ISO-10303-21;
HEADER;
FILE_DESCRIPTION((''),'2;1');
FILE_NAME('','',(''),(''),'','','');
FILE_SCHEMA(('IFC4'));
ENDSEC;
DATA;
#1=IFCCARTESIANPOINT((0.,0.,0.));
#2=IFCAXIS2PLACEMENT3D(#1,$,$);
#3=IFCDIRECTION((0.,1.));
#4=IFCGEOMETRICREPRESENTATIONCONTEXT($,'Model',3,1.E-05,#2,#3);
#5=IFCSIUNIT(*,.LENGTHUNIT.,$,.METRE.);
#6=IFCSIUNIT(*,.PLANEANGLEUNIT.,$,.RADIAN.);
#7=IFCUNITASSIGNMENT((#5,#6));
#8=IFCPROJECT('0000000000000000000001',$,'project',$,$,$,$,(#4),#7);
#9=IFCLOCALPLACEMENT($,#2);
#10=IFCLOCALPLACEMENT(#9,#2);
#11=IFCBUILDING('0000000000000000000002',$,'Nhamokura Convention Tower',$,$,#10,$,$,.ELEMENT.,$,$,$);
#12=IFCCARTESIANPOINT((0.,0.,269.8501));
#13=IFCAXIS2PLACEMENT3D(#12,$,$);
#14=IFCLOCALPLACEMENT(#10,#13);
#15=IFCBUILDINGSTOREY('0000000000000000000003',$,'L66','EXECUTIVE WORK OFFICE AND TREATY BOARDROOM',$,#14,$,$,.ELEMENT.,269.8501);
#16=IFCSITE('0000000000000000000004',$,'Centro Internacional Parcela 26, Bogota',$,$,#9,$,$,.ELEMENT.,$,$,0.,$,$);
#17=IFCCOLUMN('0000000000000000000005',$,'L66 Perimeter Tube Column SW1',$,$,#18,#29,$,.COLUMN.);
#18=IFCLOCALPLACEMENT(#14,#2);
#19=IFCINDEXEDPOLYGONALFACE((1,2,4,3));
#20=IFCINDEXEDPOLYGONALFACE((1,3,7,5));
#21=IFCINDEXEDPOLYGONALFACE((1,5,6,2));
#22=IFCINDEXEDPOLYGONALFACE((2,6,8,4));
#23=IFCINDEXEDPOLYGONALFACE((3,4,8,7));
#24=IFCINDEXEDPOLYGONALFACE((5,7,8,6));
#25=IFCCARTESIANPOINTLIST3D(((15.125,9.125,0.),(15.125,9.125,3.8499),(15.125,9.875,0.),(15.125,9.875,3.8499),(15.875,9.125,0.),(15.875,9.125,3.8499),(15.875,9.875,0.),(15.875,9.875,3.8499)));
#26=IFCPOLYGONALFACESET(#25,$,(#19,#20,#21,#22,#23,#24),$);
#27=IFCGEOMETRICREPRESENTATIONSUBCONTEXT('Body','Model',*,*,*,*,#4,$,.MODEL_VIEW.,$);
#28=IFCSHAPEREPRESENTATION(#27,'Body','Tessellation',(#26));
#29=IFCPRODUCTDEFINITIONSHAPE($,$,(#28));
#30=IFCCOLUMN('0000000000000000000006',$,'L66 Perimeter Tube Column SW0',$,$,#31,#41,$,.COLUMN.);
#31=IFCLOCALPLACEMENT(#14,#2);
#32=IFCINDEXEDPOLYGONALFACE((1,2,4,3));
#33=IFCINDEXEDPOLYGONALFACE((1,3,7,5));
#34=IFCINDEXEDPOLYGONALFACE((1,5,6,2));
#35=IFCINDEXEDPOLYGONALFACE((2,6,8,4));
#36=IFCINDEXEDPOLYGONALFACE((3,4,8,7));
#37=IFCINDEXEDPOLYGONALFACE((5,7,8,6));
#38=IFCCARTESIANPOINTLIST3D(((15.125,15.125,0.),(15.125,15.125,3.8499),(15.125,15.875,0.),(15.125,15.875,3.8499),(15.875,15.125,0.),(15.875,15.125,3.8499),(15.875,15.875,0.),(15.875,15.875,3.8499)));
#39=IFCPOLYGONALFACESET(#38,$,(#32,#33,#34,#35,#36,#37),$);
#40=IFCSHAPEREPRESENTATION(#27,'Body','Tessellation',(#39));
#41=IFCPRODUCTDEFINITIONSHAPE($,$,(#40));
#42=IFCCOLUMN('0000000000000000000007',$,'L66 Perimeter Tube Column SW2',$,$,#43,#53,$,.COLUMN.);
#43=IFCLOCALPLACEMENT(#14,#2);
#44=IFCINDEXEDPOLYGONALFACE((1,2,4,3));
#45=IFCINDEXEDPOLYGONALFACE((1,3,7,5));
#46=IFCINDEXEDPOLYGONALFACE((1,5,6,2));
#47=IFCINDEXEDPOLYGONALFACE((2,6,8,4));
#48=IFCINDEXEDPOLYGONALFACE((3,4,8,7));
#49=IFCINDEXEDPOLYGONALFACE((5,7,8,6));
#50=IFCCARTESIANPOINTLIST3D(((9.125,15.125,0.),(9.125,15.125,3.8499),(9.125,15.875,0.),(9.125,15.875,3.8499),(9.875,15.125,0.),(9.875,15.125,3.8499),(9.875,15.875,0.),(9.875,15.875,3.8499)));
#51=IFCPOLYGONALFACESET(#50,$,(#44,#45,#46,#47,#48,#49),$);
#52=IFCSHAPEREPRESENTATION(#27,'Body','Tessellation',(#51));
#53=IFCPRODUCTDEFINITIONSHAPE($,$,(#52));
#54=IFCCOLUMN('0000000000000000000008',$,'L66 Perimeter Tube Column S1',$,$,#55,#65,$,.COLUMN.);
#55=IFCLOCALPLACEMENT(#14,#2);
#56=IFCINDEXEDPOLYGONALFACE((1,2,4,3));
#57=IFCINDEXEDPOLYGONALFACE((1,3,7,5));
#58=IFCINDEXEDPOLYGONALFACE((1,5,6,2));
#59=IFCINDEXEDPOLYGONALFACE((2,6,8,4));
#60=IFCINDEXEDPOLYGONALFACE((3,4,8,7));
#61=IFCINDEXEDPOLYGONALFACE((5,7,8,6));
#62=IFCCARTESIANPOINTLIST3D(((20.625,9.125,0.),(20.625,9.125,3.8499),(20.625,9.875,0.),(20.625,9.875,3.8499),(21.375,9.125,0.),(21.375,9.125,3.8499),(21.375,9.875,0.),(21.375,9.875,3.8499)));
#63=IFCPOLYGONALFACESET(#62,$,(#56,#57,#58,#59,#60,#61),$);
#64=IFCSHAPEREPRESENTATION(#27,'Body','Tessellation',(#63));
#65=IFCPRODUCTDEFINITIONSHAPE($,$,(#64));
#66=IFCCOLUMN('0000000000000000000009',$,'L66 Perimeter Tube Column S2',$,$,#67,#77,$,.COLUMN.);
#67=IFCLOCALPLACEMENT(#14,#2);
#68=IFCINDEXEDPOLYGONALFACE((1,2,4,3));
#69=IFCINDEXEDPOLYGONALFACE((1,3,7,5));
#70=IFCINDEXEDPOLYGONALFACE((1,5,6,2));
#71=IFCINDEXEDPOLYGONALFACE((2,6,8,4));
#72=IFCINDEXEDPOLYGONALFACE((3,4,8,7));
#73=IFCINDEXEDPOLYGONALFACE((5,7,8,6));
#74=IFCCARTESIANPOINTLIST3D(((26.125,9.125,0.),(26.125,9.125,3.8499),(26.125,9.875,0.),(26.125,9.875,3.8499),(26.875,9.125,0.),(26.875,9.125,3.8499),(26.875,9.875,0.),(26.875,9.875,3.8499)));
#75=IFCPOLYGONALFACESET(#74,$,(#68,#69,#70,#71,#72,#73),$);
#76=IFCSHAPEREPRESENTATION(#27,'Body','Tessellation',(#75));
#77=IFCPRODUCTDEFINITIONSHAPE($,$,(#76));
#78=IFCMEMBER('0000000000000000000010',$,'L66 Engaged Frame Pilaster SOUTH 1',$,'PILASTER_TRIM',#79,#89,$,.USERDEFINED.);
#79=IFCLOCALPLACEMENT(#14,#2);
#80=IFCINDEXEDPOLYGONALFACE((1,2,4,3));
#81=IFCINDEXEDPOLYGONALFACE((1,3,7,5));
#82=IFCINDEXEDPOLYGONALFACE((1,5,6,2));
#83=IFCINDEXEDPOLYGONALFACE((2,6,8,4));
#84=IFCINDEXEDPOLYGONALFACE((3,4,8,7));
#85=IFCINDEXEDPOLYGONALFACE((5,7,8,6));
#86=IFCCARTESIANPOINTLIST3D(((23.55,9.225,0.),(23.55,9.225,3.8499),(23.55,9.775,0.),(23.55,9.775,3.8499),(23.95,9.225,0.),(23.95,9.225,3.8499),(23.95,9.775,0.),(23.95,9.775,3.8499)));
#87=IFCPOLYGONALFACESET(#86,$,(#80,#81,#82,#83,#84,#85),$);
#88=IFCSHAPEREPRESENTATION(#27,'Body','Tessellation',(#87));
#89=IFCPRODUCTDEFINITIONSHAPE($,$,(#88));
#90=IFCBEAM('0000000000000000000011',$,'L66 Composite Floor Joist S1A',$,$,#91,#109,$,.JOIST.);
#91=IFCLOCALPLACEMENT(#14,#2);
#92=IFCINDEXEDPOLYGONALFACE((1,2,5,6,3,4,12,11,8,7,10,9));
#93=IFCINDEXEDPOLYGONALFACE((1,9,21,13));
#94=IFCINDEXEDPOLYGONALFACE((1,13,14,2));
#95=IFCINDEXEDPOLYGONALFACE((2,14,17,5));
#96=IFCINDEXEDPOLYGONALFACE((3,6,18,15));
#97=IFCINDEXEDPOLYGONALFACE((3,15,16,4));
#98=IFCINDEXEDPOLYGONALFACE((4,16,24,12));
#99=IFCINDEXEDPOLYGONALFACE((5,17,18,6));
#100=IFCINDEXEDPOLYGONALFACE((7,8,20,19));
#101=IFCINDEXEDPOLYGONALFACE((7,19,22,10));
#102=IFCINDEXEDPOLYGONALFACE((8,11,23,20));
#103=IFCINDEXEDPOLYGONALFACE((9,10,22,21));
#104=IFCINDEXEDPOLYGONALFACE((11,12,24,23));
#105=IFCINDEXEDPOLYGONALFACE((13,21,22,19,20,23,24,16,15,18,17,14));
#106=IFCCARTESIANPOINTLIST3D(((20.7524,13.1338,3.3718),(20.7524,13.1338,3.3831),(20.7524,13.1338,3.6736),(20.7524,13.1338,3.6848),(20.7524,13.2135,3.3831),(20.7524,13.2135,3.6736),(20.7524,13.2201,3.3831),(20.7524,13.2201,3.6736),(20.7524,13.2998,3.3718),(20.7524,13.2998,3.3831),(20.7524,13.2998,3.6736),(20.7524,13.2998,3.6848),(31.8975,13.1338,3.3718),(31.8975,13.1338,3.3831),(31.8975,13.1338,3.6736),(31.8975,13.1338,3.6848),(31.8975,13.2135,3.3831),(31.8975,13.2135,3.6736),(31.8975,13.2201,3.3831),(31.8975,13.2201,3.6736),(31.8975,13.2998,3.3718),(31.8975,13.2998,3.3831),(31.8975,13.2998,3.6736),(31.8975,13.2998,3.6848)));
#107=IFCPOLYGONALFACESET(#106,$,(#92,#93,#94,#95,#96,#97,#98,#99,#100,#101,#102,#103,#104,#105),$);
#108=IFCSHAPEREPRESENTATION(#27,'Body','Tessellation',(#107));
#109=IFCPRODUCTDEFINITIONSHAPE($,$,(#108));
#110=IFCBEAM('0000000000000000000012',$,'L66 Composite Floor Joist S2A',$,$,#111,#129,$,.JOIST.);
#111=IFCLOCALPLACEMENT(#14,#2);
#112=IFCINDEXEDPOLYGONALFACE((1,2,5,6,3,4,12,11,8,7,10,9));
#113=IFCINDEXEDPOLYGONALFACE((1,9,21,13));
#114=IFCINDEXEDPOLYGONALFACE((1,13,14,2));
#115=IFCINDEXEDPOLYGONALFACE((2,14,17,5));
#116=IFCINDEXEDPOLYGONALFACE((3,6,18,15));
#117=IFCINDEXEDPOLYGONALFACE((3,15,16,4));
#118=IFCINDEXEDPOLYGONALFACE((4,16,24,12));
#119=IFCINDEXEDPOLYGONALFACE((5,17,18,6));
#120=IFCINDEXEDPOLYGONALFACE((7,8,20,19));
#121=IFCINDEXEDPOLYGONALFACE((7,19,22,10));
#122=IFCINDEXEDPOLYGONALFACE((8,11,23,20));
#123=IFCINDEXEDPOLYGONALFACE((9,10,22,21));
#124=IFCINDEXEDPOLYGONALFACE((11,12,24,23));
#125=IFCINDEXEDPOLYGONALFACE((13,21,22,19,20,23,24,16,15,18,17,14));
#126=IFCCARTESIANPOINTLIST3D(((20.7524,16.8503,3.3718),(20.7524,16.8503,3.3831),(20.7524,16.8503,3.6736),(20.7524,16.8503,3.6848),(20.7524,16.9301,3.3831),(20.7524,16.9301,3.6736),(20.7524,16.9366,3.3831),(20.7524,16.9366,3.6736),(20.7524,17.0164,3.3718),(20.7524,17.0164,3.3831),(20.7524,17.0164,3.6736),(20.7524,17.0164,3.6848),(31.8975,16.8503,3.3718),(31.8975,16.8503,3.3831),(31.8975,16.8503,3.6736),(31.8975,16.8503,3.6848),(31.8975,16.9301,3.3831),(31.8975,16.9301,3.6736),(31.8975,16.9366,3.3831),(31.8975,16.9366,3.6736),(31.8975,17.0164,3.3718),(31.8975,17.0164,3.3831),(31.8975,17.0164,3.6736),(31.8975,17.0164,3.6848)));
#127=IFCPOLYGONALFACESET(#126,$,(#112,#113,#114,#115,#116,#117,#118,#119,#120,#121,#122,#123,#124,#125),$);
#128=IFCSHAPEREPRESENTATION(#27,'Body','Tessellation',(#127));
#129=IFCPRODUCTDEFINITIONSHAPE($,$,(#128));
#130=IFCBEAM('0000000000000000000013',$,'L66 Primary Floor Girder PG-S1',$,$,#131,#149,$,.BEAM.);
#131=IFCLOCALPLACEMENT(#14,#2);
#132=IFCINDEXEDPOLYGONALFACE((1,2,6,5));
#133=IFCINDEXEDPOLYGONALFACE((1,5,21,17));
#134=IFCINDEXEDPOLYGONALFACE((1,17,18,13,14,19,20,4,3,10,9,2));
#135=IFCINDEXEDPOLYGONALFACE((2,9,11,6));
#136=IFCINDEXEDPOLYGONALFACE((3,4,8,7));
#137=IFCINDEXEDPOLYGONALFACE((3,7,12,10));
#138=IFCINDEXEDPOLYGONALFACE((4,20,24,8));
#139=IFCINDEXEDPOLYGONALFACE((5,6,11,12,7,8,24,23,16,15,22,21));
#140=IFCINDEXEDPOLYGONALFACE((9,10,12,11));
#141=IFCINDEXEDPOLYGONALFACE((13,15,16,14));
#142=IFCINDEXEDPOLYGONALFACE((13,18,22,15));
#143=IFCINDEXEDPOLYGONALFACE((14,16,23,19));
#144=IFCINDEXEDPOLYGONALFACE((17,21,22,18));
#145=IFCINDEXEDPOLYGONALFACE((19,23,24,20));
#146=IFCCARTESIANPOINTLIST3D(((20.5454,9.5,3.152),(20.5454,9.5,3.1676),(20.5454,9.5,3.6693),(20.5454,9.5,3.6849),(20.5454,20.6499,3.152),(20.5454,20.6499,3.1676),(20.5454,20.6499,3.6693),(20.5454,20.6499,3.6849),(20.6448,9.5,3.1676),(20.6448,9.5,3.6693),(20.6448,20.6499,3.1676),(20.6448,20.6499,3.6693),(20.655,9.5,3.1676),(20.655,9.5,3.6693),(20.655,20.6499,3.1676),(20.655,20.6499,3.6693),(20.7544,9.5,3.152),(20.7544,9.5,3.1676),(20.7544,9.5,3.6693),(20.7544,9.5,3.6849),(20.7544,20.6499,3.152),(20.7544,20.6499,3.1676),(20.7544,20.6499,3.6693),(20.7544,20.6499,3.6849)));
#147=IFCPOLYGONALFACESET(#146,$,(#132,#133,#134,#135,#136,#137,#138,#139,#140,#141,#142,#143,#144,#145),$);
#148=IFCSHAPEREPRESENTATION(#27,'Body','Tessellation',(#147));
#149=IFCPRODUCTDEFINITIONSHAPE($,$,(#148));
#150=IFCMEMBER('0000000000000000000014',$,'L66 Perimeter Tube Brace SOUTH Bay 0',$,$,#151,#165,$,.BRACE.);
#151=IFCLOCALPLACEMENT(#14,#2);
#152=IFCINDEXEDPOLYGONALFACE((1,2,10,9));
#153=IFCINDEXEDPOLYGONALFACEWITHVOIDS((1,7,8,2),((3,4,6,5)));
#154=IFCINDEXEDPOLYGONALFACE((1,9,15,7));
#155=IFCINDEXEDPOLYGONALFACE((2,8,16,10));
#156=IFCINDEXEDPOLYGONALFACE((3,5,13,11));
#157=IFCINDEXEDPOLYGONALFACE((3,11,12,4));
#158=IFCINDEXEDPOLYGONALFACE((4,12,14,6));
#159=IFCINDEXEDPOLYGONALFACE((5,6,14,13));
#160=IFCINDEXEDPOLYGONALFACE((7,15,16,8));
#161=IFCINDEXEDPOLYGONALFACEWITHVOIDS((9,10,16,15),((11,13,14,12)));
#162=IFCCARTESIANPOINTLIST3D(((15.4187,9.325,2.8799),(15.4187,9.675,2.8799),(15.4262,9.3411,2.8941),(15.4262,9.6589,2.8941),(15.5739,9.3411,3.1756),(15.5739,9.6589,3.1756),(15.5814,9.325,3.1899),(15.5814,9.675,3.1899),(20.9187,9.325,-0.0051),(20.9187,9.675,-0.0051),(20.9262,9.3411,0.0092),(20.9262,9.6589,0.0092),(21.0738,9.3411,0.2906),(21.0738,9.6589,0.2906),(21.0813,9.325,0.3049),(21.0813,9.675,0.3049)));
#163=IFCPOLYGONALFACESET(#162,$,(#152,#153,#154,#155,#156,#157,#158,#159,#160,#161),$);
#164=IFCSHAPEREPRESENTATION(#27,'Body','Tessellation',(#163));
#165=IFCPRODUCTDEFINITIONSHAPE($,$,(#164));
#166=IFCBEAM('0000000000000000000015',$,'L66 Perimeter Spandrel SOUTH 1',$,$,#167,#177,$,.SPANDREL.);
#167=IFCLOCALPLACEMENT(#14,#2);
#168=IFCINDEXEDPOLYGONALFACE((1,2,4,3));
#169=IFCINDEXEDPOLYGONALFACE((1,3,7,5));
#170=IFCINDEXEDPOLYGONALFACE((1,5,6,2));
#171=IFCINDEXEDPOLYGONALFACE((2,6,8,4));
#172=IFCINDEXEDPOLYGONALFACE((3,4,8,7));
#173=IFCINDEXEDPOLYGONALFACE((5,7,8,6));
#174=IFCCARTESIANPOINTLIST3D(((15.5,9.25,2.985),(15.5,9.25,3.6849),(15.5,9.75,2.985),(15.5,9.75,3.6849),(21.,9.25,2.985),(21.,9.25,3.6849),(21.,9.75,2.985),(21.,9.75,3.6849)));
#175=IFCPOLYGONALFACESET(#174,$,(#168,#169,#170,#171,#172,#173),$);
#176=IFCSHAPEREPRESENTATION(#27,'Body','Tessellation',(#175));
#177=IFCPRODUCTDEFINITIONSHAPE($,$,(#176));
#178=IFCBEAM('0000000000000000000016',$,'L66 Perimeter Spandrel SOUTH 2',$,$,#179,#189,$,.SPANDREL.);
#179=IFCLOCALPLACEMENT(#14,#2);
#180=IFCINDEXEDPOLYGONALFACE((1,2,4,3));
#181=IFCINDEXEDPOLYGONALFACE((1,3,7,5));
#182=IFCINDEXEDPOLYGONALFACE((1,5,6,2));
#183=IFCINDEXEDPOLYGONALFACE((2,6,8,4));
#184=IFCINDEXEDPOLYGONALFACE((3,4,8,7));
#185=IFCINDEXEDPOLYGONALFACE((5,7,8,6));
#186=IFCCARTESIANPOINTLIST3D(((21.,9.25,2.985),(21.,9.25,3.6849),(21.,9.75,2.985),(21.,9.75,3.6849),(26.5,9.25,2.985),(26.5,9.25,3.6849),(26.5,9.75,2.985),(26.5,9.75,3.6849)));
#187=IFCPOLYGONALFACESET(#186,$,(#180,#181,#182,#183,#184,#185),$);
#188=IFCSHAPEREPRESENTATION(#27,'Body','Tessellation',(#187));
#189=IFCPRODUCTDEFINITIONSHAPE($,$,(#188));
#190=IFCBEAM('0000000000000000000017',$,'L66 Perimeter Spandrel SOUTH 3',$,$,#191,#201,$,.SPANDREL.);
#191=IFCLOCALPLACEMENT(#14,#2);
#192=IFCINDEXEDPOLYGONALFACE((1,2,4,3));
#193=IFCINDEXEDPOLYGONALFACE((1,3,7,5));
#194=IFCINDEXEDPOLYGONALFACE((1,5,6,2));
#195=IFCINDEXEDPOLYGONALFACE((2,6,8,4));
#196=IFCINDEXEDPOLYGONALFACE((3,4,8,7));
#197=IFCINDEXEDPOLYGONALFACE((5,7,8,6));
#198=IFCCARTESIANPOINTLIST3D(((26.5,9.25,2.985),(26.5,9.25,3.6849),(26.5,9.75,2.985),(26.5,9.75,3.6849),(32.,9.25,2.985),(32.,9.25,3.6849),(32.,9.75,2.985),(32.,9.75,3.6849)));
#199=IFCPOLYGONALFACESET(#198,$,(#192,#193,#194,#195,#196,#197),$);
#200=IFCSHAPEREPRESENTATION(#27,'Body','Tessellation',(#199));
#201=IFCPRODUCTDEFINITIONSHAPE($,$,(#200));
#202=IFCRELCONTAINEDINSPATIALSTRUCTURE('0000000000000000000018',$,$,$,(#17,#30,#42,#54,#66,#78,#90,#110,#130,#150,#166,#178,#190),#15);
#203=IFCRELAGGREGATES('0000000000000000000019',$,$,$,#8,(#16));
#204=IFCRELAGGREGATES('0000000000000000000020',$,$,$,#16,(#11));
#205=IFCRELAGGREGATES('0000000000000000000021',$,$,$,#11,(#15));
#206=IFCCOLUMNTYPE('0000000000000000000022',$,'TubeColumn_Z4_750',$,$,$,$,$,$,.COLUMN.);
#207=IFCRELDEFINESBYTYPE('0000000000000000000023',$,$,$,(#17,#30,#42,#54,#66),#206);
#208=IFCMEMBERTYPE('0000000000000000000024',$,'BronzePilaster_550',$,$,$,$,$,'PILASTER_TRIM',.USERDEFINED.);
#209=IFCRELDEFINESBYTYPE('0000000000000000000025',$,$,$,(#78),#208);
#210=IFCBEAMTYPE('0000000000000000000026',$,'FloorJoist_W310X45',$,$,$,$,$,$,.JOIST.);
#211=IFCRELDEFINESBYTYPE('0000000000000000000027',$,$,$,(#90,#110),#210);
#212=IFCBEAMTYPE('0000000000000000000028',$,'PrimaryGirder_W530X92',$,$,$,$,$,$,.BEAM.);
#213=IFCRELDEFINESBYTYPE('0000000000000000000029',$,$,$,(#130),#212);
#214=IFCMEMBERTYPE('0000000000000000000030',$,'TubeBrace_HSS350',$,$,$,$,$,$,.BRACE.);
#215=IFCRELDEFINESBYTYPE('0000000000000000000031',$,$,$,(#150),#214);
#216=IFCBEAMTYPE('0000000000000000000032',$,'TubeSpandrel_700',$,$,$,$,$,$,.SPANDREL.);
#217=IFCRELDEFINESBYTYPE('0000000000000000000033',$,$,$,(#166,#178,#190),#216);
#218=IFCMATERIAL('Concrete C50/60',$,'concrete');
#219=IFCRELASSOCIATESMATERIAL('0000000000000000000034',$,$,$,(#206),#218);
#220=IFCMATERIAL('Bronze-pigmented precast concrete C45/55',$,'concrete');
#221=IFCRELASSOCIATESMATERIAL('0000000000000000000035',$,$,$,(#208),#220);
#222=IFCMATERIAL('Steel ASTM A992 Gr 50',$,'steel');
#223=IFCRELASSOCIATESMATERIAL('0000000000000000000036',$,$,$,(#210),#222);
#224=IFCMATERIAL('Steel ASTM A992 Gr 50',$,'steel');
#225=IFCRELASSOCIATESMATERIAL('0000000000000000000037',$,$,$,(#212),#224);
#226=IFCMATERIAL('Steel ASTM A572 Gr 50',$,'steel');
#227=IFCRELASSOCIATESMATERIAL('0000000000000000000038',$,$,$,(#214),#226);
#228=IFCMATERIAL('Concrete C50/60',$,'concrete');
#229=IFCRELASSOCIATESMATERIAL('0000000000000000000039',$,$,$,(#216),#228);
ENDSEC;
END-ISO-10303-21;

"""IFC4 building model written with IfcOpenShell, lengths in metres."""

from ifc_helpers import new_model, si_unit, direction, frame, origin, origin_2d, place, context, subcontext, project, spatial, rectangle, hollow_rectangle, i_section, extrude, material, material_profile, profile_set, type_object, element, save


model = new_model("IFC4")

# Units and contexts
model_context = context("Model", 3, precision=1e-05, world=origin(), true_north=direction((0.0, 1.0)))
body_context = subcontext(model_context, "Body", "Model", "MODEL_VIEW")
ifc_project = project(units=[si_unit("LENGTHUNIT", "METRE"), si_unit("PLANEANGLEUNIT", "RADIAN")], contexts=[model_context])

# Site, building, storey
site_placement = place(None, origin())
site = spatial("IfcSite", under=ifc_project, at=site_placement, Name="Centro Internacional Parcela 26, Bogota", CompositionType="ELEMENT", RefElevation=0.0)
building_placement = place(site_placement, origin())
building = spatial("IfcBuilding", under=site, at=building_placement, Name="Nhamokura Convention Tower", CompositionType="ELEMENT")
storey_placement = place(building_placement, frame((0.0, 0.0, 269.8501)))
storey = spatial("IfcBuildingStorey", under=building, at=storey_placement, Name="L66", Description="EXECUTIVE WORK OFFICE AND TREATY BOARDROOM", CompositionType="ELEMENT", Elevation=269.8501)

# Columns
ifc_material_1 = material(Name="Concrete C50/60", Category="concrete")
ifc_material_profile_1 = material_profile(ifc_material_1, rectangle(XDim=0.75, YDim=0.75, at=origin_2d()))
ifc_profile_set_1 = profile_set([ifc_material_profile_1], Name="Concrete C50/60")
column_type = type_object("IfcColumnType", Name="TubeColumn_Z4_750", PredefinedType="COLUMN", material=ifc_profile_set_1)
for number, where, z_axis, x_axis, name in (
    (1, (15.5, 9.5, 0.0), (0.0, 0.0, 1.0), (1.0, 0.0, 0.0), "L66 Perimeter Tube Column SW1"),
    (2, (15.5, 15.5, 0.0), (0.0, 0.0, 1.0), (1.0, 0.0, 0.0), "L66 Perimeter Tube Column SW0"),
    (3, (9.5, 15.5, 0.0), (0.0, 0.0, 1.0), (1.0, 0.0, 0.0), "L66 Perimeter Tube Column SW2"),
    (4, (21.0, 9.5, 0.0), (0.0, 0.0, 1.0), (1.0, 0.0, 0.0), "L66 Perimeter Tube Column S1"),
    (5, (26.5, 9.5, 0.0), (0.0, 0.0, 1.0), (1.0, 0.0, 0.0), "L66 Perimeter Tube Column S2"),
):
    element("IfcColumn", number, at=place(storey_placement, frame(where, z_axis=z_axis, x_axis=x_axis)), inside=storey, type_object=column_type, Name=name, PredefinedType="COLUMN", context=body_context, shape_type="SweptSolid", body=[
        extrude(rectangle(XDim=0.75, YDim=0.75, at=origin_2d()), origin(), (0.0, 0.0, 1.0), 3.8499),
    ])

# Member
ifc_material_2 = material(Name="Bronze-pigmented precast concrete C45/55", Category="concrete")
ifc_material_profile_2 = material_profile(ifc_material_2, rectangle(XDim=0.3999, YDim=0.55, at=origin_2d()))
ifc_profile_set_2 = profile_set([ifc_material_profile_2], Name="Bronze-pigmented precast concrete C45/55")
member_type_1 = type_object("IfcMemberType", Name="BronzePilaster_550", ElementType="PILASTER_TRIM", PredefinedType="USERDEFINED", material=ifc_profile_set_2)
member_1_placement = place(storey_placement, frame((23.75, 9.5, 0.0), z_axis=(0.0, 0.0, 1.0), x_axis=(1.0, 0.0, 0.0)))
element("IfcMember", 6, at=member_1_placement, inside=storey, type_object=member_type_1, Name="L66 Engaged Frame Pilaster SOUTH 1", ObjectType="PILASTER_TRIM", PredefinedType="USERDEFINED", context=body_context, shape_type="SweptSolid", body=[
    extrude(rectangle(XDim=0.3999, YDim=0.55, at=origin_2d()), origin(), (0.0, 0.0, 1.0), 3.8499),
])

# Beams
ifc_material_3 = material(Name="Steel ASTM A992 Gr 50", Category="steel")
ifc_material_profile_3 = material_profile(ifc_material_3, i_section(OverallWidth=0.166, OverallDepth=0.313, WebThickness=0.0066, FlangeThickness=0.0112, at=origin_2d()))
ifc_profile_set_3 = profile_set([ifc_material_profile_3], Name="Steel ASTM A992 Gr 50")
beam_type_1 = type_object("IfcBeamType", Name="FloorJoist_W310X45", PredefinedType="JOIST", material=ifc_profile_set_3)
for number, where, z_axis, x_axis, name in (
    (7, (20.7524, 13.2168, 3.5283), (1.0, 0.0, 0.0), (0.0, 1.0, 0.0), "L66 Composite Floor Joist S1A"),
    (8, (20.7524, 16.9333, 3.5283), (1.0, 0.0, 0.0), (0.0, 1.0, 0.0), "L66 Composite Floor Joist S2A"),
):
    element("IfcBeam", number, at=place(storey_placement, frame(where, z_axis=z_axis, x_axis=x_axis)), inside=storey, type_object=beam_type_1, Name=name, PredefinedType="JOIST", context=body_context, shape_type="SweptSolid", body=[
        extrude(i_section(OverallWidth=0.166, OverallDepth=0.313, WebThickness=0.0066, FlangeThickness=0.0112, at=origin_2d()), origin(), (0.0, 0.0, 1.0), 11.145),
    ])
ifc_material_4 = material(Name="Steel ASTM A992 Gr 50", Category="steel")
ifc_material_profile_4 = material_profile(ifc_material_4, i_section(OverallWidth=0.209, OverallDepth=0.533, WebThickness=0.0103, FlangeThickness=0.0156, at=origin_2d()))
ifc_profile_set_4 = profile_set([ifc_material_profile_4], Name="Steel ASTM A992 Gr 50")
beam_type_2 = type_object("IfcBeamType", Name="PrimaryGirder_W530X92", PredefinedType="BEAM", material=ifc_profile_set_4)
beam_placement = place(storey_placement, frame((20.6499, 9.5, 3.4185), z_axis=(0.0, 1.0, 0.0), x_axis=(-1.0, 0.0, 0.0)))
element("IfcBeam", 9, at=beam_placement, inside=storey, type_object=beam_type_2, Name="L66 Primary Floor Girder PG-S1", PredefinedType="BEAM", context=body_context, shape_type="SweptSolid", body=[
    extrude(i_section(OverallWidth=0.209, OverallDepth=0.533, WebThickness=0.0103, FlangeThickness=0.0156, at=origin_2d()), origin(), (0.0, 0.0, 1.0), 11.1499),
])

# Member
ifc_material_5 = material(Name="Steel ASTM A572 Gr 50", Category="steel")
ifc_material_profile_5 = material_profile(ifc_material_5, hollow_rectangle(XDim=0.3501, YDim=0.3501, WallThickness=0.0161, at=origin_2d()))
ifc_profile_set_5 = profile_set([ifc_material_profile_5], Name="Steel ASTM A572 Gr 50")
member_type_2 = type_object("IfcMemberType", Name="TubeBrace_HSS350", PredefinedType="BRACE", material=ifc_profile_set_5)
member_2_placement = place(storey_placement, frame((21.0, 9.5, 0.1499), z_axis=(-0.885563, 0.0, 0.46452), x_axis=(0.0, -1.0, 0.0)))
element("IfcMember", 10, at=member_2_placement, inside=storey, type_object=member_type_2, Name="L66 Perimeter Tube Brace SOUTH Bay 0", PredefinedType="BRACE", context=body_context, shape_type="SweptSolid", body=[
    extrude(hollow_rectangle(XDim=0.3501, YDim=0.3501, WallThickness=0.0161, at=origin_2d()), origin(), (0.0, 0.0, 1.0), 6.2107),
])

# Beams
ifc_material_6 = material(Name="Concrete C50/60", Category="concrete")
ifc_material_profile_6 = material_profile(ifc_material_6, rectangle(XDim=0.5, YDim=0.7, at=origin_2d()))
ifc_profile_set_6 = profile_set([ifc_material_profile_6], Name="Concrete C50/60")
beam_type_3 = type_object("IfcBeamType", Name="TubeSpandrel_700", PredefinedType="SPANDREL", material=ifc_profile_set_6)
for number, where, z_axis, x_axis, name in (
    (11, (15.5, 9.5, 3.335), (1.0, 0.0, 0.0), (0.0, 1.0, 0.0), "L66 Perimeter Spandrel SOUTH 1"),
    (12, (21.0, 9.5, 3.335), (1.0, 0.0, 0.0), (0.0, 1.0, 0.0), "L66 Perimeter Spandrel SOUTH 2"),
    (13, (26.5, 9.5, 3.335), (1.0, 0.0, 0.0), (0.0, 1.0, 0.0), "L66 Perimeter Spandrel SOUTH 3"),
):
    element("IfcBeam", number, at=place(storey_placement, frame(where, z_axis=z_axis, x_axis=x_axis)), inside=storey, type_object=beam_type_3, Name=name, PredefinedType="SPANDREL", context=body_context, shape_type="SweptSolid", body=[
        extrude(rectangle(XDim=0.5, YDim=0.7, at=origin_2d()), origin(), (0.0, 0.0, 1.0), 5.5),
    ])

save(model, "model.ifc")
